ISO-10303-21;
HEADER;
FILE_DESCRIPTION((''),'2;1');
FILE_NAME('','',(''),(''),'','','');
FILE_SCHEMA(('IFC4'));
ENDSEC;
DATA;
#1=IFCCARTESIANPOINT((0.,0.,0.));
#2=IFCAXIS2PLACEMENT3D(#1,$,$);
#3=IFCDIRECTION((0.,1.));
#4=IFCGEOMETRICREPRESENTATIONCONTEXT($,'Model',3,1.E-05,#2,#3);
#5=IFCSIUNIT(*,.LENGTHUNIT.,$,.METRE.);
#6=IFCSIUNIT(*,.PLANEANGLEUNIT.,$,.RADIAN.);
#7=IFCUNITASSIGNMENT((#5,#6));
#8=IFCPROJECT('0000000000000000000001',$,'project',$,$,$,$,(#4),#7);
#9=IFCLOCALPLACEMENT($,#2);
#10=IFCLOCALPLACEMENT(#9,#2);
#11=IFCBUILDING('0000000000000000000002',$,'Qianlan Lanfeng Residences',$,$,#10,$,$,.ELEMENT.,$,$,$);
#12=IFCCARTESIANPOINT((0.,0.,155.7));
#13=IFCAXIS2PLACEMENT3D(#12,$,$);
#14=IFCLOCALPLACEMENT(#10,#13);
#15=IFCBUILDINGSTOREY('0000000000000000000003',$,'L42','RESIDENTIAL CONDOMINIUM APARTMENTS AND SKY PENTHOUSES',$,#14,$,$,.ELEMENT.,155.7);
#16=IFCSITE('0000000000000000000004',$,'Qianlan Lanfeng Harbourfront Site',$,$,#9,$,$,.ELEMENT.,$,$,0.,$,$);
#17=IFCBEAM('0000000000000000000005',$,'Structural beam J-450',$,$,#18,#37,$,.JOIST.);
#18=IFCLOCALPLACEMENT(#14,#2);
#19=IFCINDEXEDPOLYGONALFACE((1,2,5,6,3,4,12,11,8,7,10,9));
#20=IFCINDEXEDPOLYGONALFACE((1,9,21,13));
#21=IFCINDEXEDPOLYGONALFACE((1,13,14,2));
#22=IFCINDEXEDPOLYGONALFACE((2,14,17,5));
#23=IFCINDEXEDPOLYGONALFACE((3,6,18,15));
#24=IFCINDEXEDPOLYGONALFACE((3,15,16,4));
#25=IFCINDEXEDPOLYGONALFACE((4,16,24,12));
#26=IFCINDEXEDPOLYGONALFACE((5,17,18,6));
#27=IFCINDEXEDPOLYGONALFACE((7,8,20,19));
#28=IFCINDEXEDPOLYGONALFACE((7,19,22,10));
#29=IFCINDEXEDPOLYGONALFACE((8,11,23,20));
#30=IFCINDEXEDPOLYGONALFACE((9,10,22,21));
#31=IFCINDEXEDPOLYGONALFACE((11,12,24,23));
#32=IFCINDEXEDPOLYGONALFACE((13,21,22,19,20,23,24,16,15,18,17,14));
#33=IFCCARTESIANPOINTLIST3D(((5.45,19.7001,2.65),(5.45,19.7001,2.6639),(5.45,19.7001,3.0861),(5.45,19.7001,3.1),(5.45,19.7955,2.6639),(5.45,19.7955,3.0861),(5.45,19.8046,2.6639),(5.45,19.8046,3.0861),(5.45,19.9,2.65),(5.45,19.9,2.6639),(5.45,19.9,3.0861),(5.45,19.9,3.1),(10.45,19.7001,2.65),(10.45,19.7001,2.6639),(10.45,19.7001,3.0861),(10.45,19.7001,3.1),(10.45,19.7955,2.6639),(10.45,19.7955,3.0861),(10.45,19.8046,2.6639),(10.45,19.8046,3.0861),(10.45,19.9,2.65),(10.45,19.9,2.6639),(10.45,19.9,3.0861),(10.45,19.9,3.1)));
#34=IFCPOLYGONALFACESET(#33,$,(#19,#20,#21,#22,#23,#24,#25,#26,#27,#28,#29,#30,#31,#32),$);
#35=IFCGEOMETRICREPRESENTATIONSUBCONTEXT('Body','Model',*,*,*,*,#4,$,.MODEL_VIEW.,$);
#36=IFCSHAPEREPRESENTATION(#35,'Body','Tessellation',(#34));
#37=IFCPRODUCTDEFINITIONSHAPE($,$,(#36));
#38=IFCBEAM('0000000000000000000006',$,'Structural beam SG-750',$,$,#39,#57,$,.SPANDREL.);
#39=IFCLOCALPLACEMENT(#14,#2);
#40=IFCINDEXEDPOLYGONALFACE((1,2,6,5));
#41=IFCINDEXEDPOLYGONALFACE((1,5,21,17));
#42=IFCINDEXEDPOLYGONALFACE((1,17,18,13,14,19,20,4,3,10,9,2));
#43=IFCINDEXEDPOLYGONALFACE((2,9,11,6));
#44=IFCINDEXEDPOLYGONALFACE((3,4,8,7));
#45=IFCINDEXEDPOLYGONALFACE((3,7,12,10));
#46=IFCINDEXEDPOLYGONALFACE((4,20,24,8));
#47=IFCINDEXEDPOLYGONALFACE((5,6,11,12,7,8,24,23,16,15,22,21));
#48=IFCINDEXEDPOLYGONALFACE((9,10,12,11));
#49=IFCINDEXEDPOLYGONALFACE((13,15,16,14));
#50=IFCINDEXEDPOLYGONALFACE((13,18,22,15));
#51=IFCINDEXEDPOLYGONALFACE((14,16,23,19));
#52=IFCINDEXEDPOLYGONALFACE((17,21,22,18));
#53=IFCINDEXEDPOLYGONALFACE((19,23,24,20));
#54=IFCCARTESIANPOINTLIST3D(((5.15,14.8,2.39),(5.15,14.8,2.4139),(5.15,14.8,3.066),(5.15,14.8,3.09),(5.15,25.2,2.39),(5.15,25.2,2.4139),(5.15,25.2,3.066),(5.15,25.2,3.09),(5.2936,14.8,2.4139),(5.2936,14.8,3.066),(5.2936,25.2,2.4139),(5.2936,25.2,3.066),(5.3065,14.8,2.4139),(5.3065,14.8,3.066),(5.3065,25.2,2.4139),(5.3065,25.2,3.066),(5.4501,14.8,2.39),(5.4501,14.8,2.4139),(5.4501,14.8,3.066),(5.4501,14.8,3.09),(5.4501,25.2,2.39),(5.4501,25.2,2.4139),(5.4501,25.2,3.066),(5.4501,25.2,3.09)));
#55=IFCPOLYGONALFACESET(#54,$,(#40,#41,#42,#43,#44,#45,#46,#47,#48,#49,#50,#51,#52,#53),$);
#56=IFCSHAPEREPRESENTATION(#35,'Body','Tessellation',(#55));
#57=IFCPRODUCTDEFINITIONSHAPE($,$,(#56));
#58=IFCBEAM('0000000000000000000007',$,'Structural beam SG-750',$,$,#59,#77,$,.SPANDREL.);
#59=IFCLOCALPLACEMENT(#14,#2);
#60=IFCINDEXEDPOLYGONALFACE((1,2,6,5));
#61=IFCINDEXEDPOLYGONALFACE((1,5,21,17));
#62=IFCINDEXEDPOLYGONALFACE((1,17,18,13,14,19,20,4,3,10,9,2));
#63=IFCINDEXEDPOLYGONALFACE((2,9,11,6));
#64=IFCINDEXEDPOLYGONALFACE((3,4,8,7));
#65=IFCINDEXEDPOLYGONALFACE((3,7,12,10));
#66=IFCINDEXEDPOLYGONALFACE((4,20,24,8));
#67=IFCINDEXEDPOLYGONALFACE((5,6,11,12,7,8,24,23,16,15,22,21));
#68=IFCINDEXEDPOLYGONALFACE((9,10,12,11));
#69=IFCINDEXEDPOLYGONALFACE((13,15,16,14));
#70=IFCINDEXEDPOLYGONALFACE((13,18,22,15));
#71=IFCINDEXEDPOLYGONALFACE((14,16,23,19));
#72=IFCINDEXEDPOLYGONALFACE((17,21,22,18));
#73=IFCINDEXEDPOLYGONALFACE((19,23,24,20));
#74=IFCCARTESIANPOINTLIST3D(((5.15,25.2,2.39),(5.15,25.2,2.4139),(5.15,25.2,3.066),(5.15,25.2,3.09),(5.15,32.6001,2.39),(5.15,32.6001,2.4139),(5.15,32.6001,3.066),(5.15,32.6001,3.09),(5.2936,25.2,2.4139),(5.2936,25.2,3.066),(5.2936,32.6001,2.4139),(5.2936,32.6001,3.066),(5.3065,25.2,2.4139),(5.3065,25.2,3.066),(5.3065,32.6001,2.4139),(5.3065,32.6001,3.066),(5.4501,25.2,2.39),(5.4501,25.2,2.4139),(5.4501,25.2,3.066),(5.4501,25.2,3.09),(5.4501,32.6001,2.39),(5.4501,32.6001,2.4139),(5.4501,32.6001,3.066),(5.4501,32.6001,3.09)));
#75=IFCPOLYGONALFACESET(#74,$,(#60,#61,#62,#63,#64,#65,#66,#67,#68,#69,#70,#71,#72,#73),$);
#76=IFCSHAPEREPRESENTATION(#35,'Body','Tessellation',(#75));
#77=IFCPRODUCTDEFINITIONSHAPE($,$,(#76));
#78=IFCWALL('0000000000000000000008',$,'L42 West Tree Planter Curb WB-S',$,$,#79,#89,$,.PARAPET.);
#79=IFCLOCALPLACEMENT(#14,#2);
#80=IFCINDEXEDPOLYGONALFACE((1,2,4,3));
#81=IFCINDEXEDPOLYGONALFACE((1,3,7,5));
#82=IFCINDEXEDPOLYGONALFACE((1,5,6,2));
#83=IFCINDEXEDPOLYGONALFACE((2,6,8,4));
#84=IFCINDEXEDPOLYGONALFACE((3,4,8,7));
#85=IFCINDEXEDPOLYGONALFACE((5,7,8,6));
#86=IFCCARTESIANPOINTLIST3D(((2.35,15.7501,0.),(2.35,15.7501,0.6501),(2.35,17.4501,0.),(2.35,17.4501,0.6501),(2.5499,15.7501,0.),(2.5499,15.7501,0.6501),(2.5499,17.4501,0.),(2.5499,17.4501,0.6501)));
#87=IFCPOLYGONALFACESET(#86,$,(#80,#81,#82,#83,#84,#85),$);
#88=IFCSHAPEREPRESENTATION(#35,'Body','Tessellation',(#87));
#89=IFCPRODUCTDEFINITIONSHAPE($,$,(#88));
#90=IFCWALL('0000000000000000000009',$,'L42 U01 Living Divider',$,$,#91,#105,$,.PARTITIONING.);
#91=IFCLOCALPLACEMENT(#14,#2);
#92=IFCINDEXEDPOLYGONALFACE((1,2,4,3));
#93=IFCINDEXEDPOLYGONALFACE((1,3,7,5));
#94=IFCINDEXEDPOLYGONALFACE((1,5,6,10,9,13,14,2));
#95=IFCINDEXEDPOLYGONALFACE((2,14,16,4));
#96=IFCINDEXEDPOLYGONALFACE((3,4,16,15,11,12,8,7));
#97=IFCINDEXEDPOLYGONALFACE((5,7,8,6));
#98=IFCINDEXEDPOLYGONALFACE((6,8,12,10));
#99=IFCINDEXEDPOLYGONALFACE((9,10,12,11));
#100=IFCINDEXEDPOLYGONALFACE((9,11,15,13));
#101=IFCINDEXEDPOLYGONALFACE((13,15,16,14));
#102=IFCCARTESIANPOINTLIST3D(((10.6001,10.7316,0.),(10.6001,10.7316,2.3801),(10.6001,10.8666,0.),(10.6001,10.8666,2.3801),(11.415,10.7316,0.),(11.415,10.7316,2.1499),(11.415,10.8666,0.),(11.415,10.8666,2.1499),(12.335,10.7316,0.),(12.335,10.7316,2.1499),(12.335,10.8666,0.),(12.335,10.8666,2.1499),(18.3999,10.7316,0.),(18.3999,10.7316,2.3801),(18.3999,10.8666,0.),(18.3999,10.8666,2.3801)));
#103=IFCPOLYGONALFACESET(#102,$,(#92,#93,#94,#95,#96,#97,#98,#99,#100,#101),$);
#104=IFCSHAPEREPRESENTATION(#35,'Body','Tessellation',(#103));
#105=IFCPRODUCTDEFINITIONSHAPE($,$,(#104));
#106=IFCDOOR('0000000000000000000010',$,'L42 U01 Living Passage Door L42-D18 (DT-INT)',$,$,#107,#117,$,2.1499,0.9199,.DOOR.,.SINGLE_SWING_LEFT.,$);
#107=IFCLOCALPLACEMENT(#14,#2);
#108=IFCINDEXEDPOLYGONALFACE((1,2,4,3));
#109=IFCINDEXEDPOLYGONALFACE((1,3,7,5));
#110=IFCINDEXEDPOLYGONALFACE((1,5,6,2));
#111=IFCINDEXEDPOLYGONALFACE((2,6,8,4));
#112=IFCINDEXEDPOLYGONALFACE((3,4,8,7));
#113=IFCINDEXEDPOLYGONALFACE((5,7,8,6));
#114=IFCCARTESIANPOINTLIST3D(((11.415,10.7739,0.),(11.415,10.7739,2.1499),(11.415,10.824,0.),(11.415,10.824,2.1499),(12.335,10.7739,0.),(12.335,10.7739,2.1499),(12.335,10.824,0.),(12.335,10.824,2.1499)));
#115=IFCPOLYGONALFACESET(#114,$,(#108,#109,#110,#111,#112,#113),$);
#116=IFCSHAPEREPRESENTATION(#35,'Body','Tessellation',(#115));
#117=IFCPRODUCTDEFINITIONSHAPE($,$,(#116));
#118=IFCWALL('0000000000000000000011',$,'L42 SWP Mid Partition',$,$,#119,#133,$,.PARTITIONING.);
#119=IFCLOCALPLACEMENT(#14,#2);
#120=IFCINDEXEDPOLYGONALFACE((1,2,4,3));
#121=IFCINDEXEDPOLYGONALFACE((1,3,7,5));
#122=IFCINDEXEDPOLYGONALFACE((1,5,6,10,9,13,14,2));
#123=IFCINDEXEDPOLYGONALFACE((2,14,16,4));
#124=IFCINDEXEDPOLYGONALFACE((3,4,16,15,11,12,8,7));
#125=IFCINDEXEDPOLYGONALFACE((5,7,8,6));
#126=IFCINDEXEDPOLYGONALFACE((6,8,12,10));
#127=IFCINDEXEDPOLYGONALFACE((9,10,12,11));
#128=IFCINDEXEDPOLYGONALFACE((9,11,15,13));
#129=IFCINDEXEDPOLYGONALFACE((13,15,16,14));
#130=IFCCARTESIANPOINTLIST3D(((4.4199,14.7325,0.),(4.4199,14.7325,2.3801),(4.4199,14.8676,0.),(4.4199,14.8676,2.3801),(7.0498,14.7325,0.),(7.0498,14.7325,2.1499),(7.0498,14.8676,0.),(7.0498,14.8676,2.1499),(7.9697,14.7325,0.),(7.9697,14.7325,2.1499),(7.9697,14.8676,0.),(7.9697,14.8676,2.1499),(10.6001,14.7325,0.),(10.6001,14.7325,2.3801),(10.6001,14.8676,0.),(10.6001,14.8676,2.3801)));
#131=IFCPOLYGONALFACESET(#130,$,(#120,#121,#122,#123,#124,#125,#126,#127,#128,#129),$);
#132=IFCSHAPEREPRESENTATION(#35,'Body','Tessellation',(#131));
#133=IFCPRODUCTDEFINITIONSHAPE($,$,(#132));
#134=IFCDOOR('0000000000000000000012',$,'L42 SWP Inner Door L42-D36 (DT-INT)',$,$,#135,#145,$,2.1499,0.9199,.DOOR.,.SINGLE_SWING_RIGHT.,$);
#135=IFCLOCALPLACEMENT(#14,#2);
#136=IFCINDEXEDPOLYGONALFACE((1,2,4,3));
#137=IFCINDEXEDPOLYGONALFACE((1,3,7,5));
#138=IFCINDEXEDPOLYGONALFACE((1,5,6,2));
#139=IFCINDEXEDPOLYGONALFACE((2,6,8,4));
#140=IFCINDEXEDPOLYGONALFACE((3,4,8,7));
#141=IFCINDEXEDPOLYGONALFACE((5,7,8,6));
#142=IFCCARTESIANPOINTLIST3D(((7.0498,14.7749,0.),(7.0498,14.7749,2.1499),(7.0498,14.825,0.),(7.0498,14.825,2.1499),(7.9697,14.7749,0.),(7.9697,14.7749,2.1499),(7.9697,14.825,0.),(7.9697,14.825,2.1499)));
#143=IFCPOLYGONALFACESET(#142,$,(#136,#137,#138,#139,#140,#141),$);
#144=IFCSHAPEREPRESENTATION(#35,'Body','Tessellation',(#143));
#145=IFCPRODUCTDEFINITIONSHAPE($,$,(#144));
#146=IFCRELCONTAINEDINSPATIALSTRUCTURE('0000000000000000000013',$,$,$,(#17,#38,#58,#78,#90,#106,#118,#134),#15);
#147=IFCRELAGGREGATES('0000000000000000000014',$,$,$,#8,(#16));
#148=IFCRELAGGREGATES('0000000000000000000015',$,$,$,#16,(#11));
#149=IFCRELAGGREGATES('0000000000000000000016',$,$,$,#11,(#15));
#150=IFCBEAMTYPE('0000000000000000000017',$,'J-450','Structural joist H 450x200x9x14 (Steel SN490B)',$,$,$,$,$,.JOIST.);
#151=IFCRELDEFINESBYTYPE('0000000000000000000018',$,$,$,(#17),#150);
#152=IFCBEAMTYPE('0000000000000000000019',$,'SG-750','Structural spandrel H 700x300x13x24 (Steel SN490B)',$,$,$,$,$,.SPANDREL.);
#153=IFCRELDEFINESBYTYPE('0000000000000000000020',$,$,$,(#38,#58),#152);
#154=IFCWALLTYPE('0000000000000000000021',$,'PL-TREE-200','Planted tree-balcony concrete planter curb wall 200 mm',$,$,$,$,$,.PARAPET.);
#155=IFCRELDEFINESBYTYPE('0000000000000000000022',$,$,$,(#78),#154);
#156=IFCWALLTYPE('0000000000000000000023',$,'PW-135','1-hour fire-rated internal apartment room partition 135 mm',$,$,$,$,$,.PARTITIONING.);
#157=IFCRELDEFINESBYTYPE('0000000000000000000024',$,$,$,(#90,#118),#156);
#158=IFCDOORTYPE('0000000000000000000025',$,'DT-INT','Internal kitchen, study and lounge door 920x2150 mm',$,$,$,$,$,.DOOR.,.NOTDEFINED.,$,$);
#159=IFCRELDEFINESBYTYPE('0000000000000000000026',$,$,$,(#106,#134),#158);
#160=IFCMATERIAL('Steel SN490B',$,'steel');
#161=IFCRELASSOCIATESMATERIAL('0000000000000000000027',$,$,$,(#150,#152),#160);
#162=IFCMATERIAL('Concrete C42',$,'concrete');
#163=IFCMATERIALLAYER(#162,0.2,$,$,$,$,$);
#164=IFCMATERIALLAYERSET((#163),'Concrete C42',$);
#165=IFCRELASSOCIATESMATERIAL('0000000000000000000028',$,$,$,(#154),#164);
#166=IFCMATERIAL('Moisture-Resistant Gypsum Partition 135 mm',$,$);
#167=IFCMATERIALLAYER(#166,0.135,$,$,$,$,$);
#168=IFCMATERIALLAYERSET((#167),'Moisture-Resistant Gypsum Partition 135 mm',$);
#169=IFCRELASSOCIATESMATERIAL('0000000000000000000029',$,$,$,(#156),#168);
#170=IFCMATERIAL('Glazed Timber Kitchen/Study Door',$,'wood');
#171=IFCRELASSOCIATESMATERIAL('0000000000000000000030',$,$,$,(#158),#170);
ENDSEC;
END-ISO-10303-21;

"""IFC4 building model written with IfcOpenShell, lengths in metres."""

from ifc_helpers import new_model, si_unit, direction, frame, frame_2d, origin, origin_2d, place, context, subcontext, project, spatial, rectangle, i_section, extrude, material, layer, layer_set, material_profile, profile_set, type_object, element, fill, save


model = new_model("IFC4")

# Units and contexts
model_context = context("Model", 3, precision=1e-05, world=origin(), true_north=direction((0.0, 1.0)))
body_context = subcontext(model_context, "Body", "Model", "MODEL_VIEW")
ifc_project = project(units=[si_unit("LENGTHUNIT", "METRE"), si_unit("PLANEANGLEUNIT", "RADIAN")], contexts=[model_context])

# Site, building, storey
site_placement = place(None, origin())
site = spatial("IfcSite", under=ifc_project, at=site_placement, Name="Qianlan Lanfeng Harbourfront Site", CompositionType="ELEMENT", RefElevation=0.0)
building_placement = place(site_placement, origin())
building = spatial("IfcBuilding", under=site, at=building_placement, Name="Qianlan Lanfeng Residences", CompositionType="ELEMENT")
storey_placement = place(building_placement, frame((0.0, 0.0, 155.7)))
storey = spatial("IfcBuildingStorey", under=building, at=storey_placement, Name="L42", Description="RESIDENTIAL CONDOMINIUM APARTMENTS AND SKY PENTHOUSES", CompositionType="ELEMENT", Elevation=155.7)

# Shared definitions
ifc_material_1 = material(Name="Steel SN490B", Category="steel")

# Beams
ifc_material_profile_1 = material_profile(ifc_material_1, i_section(OverallWidth=0.2, OverallDepth=0.45, WebThickness=0.009, FlangeThickness=0.0139, at=origin_2d()), Name="H 450x200x9x14")
ifc_profile_set_1 = profile_set([ifc_material_profile_1], Name="Steel SN490B")
beam_type_1 = type_object("IfcBeamType", Name="J-450", Description="Structural joist H 450x200x9x14 (Steel SN490B)", PredefinedType="JOIST", material=ifc_profile_set_1)
beam_1_placement = place(storey_placement, frame((5.45, 19.8, 2.875), z_axis=(1.0, 0.0, 0.0), x_axis=(0.0, 1.0, 0.0)))
element("IfcBeam", 1, at=beam_1_placement, inside=storey, type_object=beam_type_1, Name="Structural beam J-450", PredefinedType="JOIST", context=body_context, shape_type="SweptSolid", body=[
    extrude(i_section(OverallWidth=0.2, OverallDepth=0.45, WebThickness=0.009, FlangeThickness=0.0139, at=origin_2d()), origin(), (0.0, 0.0, 1.0), 5.0),
])
ifc_material_profile_2 = material_profile(ifc_material_1, i_section(OverallWidth=0.3, OverallDepth=0.7, WebThickness=0.0129, FlangeThickness=0.0239, at=origin_2d()), Name="H 700x300x13x24")
ifc_profile_set_2 = profile_set([ifc_material_profile_2], Name="Steel SN490B")
beam_type_2 = type_object("IfcBeamType", Name="SG-750", Description="Structural spandrel H 700x300x13x24 (Steel SN490B)", PredefinedType="SPANDREL", material=ifc_profile_set_2)
beam_2_placement = place(storey_placement, frame((5.3, 14.8, 2.74), z_axis=(0.0, 1.0, 0.0), x_axis=(-1.0, 0.0, 0.0)))
element("IfcBeam", 2, at=beam_2_placement, inside=storey, type_object=beam_type_2, Name="Structural beam SG-750", PredefinedType="SPANDREL", context=body_context, shape_type="SweptSolid", body=[
    extrude(i_section(OverallWidth=0.3, OverallDepth=0.7, WebThickness=0.0129, FlangeThickness=0.0239, at=origin_2d()), origin(), (0.0, 0.0, 1.0), 10.3999),
])
beam_3_placement = place(storey_placement, frame((5.3, 25.2, 2.74), z_axis=(0.0, 1.0, 0.0), x_axis=(-1.0, 0.0, 0.0)))
element("IfcBeam", 3, at=beam_3_placement, inside=storey, type_object=beam_type_2, Name="Structural beam SG-750", PredefinedType="SPANDREL", context=body_context, shape_type="SweptSolid", body=[
    extrude(i_section(OverallWidth=0.3, OverallDepth=0.7, WebThickness=0.0129, FlangeThickness=0.0239, at=origin_2d()), origin(), (0.0, 0.0, 1.0), 7.4001),
])

# Wall
ifc_material_2 = material(Name="Concrete C42", Category="concrete")
ifc_layer_1 = layer(ifc_material_2, 0.2)
ifc_layer_set_1 = layer_set([ifc_layer_1], Name="Concrete C42")
wall_type_1 = type_object("IfcWallType", Name="PL-TREE-200", Description="Planted tree-balcony concrete planter curb wall 200 mm", PredefinedType="PARAPET", material=ifc_layer_set_1)
wall_1_placement = place(storey_placement, frame((2.45, 15.75, 0.0), z_axis=(0.0, 0.0, 1.0), x_axis=(0.0, 1.0, 0.0)))
element("IfcWall", 4, at=wall_1_placement, inside=storey, type_object=wall_type_1, Name="L42 West Tree Planter Curb WB-S", PredefinedType="PARAPET", context=body_context, shape_type="SweptSolid", body=[
    extrude(rectangle(XDim=1.7, YDim=0.2, at=frame_2d((0.8501, 0.0))), origin(), (0.0, 0.0, 1.0), 0.6501),
])

# Walls, openings, doors
ifc_material_3 = material(Name="Moisture-Resistant Gypsum Partition 135 mm")
ifc_layer_2 = layer(ifc_material_3, 0.135)
ifc_layer_set_2 = layer_set([ifc_layer_2], Name="Moisture-Resistant Gypsum Partition 135 mm")
wall_type_2 = type_object("IfcWallType", Name="PW-135", Description="1-hour fire-rated internal apartment room partition 135 mm", PredefinedType="PARTITIONING", material=ifc_layer_set_2)
wall_2_placement = place(storey_placement, frame((10.6001, 10.7991, 0.0), z_axis=(0.0, 0.0, 1.0), x_axis=(1.0, 0.0, 0.0)))
wall_2 = element("IfcWall", 5, at=wall_2_placement, inside=storey, type_object=wall_type_2, Name="L42 U01 Living Divider", PredefinedType="PARTITIONING", context=body_context, shape_type="SweptSolid", body=[
    extrude(rectangle(XDim=7.7998, YDim=0.135, at=frame_2d((3.8999, 0.0))), origin(), (0.0, 0.0, 1.0), 2.3801),
])
opening_1_placement = place(wall_2_placement, frame((0.8149, 0.0, 0.0)))
opening_1 = element("IfcOpeningElement", 6, at=opening_1_placement, cuts=wall_2, PredefinedType="OPENING", context=body_context, shape_type="SweptSolid", body=[
    extrude(rectangle(XDim=0.9199, YDim=2.1499, at=frame_2d((0.46, 1.075))), frame((0.0, 0.0776, 0.0), z_axis=(0.0, -1.0, 0.0), x_axis=(1.0, 0.0, 0.0)), (0.0, 0.0, 1.0), 0.155),
])
ifc_material_4 = material(Name="Glazed Timber Kitchen/Study Door", Category="wood")
door_type_1 = type_object("IfcDoorType", Name="DT-INT", Description="Internal kitchen, study and lounge door 920x2150 mm", OperationType="NOTDEFINED", PredefinedType="DOOR", material=ifc_material_4)
door_1_placement = place(opening_1_placement, origin())
door_1 = element("IfcDoor", 7, at=door_1_placement, inside=storey, type_object=door_type_1, Name="L42 U01 Living Passage Door L42-D18 (DT-INT)", OperationType="SINGLE_SWING_LEFT", OverallHeight=2.1499, OverallWidth=0.9199, PredefinedType="DOOR", context=body_context, shape_type="SweptSolid", body=[
    extrude(rectangle(XDim=0.9199, YDim=2.1499, at=frame_2d((0.46, 1.075))), frame((0.0, 0.0249, 0.0), z_axis=(0.0, -1.0, 0.0), x_axis=(1.0, 0.0, 0.0)), (0.0, 0.0, 1.0), 0.05),
])
fill(opening_1, door_1)
wall_3_placement = place(storey_placement, frame((4.4199, 14.8, 0.0), z_axis=(0.0, 0.0, 1.0), x_axis=(1.0, 0.0, 0.0)))
wall_3 = element("IfcWall", 8, at=wall_3_placement, inside=storey, type_object=wall_type_2, Name="L42 SWP Mid Partition", PredefinedType="PARTITIONING", context=body_context, shape_type="SweptSolid", body=[
    extrude(rectangle(XDim=6.1802, YDim=0.135, at=frame_2d((3.0901, 0.0))), origin(), (0.0, 0.0, 1.0), 2.3801),
])
opening_2_placement = place(wall_3_placement, frame((2.6299, 0.0, 0.0)))
opening_2 = element("IfcOpeningElement", 9, at=opening_2_placement, cuts=wall_3, PredefinedType="OPENING", context=body_context, shape_type="SweptSolid", body=[
    extrude(rectangle(XDim=0.9199, YDim=2.1499, at=frame_2d((0.46, 1.075))), frame((0.0, 0.0776, 0.0), z_axis=(0.0, -1.0, 0.0), x_axis=(1.0, 0.0, 0.0)), (0.0, 0.0, 1.0), 0.155),
])
door_2_placement = place(opening_2_placement, origin())
door_2 = element("IfcDoor", 10, at=door_2_placement, inside=storey, type_object=door_type_1, Name="L42 SWP Inner Door L42-D36 (DT-INT)", OperationType="SINGLE_SWING_RIGHT", OverallHeight=2.1499, OverallWidth=0.9199, PredefinedType="DOOR", context=body_context, shape_type="SweptSolid", body=[
    extrude(rectangle(XDim=0.9199, YDim=2.1499, at=frame_2d((0.46, 1.075))), frame((0.0, 0.0249, 0.0), z_axis=(0.0, -1.0, 0.0), x_axis=(1.0, 0.0, 0.0)), (0.0, 0.0, 1.0), 0.05),
])
fill(opening_2, door_2)

save(model, "model.ifc")
